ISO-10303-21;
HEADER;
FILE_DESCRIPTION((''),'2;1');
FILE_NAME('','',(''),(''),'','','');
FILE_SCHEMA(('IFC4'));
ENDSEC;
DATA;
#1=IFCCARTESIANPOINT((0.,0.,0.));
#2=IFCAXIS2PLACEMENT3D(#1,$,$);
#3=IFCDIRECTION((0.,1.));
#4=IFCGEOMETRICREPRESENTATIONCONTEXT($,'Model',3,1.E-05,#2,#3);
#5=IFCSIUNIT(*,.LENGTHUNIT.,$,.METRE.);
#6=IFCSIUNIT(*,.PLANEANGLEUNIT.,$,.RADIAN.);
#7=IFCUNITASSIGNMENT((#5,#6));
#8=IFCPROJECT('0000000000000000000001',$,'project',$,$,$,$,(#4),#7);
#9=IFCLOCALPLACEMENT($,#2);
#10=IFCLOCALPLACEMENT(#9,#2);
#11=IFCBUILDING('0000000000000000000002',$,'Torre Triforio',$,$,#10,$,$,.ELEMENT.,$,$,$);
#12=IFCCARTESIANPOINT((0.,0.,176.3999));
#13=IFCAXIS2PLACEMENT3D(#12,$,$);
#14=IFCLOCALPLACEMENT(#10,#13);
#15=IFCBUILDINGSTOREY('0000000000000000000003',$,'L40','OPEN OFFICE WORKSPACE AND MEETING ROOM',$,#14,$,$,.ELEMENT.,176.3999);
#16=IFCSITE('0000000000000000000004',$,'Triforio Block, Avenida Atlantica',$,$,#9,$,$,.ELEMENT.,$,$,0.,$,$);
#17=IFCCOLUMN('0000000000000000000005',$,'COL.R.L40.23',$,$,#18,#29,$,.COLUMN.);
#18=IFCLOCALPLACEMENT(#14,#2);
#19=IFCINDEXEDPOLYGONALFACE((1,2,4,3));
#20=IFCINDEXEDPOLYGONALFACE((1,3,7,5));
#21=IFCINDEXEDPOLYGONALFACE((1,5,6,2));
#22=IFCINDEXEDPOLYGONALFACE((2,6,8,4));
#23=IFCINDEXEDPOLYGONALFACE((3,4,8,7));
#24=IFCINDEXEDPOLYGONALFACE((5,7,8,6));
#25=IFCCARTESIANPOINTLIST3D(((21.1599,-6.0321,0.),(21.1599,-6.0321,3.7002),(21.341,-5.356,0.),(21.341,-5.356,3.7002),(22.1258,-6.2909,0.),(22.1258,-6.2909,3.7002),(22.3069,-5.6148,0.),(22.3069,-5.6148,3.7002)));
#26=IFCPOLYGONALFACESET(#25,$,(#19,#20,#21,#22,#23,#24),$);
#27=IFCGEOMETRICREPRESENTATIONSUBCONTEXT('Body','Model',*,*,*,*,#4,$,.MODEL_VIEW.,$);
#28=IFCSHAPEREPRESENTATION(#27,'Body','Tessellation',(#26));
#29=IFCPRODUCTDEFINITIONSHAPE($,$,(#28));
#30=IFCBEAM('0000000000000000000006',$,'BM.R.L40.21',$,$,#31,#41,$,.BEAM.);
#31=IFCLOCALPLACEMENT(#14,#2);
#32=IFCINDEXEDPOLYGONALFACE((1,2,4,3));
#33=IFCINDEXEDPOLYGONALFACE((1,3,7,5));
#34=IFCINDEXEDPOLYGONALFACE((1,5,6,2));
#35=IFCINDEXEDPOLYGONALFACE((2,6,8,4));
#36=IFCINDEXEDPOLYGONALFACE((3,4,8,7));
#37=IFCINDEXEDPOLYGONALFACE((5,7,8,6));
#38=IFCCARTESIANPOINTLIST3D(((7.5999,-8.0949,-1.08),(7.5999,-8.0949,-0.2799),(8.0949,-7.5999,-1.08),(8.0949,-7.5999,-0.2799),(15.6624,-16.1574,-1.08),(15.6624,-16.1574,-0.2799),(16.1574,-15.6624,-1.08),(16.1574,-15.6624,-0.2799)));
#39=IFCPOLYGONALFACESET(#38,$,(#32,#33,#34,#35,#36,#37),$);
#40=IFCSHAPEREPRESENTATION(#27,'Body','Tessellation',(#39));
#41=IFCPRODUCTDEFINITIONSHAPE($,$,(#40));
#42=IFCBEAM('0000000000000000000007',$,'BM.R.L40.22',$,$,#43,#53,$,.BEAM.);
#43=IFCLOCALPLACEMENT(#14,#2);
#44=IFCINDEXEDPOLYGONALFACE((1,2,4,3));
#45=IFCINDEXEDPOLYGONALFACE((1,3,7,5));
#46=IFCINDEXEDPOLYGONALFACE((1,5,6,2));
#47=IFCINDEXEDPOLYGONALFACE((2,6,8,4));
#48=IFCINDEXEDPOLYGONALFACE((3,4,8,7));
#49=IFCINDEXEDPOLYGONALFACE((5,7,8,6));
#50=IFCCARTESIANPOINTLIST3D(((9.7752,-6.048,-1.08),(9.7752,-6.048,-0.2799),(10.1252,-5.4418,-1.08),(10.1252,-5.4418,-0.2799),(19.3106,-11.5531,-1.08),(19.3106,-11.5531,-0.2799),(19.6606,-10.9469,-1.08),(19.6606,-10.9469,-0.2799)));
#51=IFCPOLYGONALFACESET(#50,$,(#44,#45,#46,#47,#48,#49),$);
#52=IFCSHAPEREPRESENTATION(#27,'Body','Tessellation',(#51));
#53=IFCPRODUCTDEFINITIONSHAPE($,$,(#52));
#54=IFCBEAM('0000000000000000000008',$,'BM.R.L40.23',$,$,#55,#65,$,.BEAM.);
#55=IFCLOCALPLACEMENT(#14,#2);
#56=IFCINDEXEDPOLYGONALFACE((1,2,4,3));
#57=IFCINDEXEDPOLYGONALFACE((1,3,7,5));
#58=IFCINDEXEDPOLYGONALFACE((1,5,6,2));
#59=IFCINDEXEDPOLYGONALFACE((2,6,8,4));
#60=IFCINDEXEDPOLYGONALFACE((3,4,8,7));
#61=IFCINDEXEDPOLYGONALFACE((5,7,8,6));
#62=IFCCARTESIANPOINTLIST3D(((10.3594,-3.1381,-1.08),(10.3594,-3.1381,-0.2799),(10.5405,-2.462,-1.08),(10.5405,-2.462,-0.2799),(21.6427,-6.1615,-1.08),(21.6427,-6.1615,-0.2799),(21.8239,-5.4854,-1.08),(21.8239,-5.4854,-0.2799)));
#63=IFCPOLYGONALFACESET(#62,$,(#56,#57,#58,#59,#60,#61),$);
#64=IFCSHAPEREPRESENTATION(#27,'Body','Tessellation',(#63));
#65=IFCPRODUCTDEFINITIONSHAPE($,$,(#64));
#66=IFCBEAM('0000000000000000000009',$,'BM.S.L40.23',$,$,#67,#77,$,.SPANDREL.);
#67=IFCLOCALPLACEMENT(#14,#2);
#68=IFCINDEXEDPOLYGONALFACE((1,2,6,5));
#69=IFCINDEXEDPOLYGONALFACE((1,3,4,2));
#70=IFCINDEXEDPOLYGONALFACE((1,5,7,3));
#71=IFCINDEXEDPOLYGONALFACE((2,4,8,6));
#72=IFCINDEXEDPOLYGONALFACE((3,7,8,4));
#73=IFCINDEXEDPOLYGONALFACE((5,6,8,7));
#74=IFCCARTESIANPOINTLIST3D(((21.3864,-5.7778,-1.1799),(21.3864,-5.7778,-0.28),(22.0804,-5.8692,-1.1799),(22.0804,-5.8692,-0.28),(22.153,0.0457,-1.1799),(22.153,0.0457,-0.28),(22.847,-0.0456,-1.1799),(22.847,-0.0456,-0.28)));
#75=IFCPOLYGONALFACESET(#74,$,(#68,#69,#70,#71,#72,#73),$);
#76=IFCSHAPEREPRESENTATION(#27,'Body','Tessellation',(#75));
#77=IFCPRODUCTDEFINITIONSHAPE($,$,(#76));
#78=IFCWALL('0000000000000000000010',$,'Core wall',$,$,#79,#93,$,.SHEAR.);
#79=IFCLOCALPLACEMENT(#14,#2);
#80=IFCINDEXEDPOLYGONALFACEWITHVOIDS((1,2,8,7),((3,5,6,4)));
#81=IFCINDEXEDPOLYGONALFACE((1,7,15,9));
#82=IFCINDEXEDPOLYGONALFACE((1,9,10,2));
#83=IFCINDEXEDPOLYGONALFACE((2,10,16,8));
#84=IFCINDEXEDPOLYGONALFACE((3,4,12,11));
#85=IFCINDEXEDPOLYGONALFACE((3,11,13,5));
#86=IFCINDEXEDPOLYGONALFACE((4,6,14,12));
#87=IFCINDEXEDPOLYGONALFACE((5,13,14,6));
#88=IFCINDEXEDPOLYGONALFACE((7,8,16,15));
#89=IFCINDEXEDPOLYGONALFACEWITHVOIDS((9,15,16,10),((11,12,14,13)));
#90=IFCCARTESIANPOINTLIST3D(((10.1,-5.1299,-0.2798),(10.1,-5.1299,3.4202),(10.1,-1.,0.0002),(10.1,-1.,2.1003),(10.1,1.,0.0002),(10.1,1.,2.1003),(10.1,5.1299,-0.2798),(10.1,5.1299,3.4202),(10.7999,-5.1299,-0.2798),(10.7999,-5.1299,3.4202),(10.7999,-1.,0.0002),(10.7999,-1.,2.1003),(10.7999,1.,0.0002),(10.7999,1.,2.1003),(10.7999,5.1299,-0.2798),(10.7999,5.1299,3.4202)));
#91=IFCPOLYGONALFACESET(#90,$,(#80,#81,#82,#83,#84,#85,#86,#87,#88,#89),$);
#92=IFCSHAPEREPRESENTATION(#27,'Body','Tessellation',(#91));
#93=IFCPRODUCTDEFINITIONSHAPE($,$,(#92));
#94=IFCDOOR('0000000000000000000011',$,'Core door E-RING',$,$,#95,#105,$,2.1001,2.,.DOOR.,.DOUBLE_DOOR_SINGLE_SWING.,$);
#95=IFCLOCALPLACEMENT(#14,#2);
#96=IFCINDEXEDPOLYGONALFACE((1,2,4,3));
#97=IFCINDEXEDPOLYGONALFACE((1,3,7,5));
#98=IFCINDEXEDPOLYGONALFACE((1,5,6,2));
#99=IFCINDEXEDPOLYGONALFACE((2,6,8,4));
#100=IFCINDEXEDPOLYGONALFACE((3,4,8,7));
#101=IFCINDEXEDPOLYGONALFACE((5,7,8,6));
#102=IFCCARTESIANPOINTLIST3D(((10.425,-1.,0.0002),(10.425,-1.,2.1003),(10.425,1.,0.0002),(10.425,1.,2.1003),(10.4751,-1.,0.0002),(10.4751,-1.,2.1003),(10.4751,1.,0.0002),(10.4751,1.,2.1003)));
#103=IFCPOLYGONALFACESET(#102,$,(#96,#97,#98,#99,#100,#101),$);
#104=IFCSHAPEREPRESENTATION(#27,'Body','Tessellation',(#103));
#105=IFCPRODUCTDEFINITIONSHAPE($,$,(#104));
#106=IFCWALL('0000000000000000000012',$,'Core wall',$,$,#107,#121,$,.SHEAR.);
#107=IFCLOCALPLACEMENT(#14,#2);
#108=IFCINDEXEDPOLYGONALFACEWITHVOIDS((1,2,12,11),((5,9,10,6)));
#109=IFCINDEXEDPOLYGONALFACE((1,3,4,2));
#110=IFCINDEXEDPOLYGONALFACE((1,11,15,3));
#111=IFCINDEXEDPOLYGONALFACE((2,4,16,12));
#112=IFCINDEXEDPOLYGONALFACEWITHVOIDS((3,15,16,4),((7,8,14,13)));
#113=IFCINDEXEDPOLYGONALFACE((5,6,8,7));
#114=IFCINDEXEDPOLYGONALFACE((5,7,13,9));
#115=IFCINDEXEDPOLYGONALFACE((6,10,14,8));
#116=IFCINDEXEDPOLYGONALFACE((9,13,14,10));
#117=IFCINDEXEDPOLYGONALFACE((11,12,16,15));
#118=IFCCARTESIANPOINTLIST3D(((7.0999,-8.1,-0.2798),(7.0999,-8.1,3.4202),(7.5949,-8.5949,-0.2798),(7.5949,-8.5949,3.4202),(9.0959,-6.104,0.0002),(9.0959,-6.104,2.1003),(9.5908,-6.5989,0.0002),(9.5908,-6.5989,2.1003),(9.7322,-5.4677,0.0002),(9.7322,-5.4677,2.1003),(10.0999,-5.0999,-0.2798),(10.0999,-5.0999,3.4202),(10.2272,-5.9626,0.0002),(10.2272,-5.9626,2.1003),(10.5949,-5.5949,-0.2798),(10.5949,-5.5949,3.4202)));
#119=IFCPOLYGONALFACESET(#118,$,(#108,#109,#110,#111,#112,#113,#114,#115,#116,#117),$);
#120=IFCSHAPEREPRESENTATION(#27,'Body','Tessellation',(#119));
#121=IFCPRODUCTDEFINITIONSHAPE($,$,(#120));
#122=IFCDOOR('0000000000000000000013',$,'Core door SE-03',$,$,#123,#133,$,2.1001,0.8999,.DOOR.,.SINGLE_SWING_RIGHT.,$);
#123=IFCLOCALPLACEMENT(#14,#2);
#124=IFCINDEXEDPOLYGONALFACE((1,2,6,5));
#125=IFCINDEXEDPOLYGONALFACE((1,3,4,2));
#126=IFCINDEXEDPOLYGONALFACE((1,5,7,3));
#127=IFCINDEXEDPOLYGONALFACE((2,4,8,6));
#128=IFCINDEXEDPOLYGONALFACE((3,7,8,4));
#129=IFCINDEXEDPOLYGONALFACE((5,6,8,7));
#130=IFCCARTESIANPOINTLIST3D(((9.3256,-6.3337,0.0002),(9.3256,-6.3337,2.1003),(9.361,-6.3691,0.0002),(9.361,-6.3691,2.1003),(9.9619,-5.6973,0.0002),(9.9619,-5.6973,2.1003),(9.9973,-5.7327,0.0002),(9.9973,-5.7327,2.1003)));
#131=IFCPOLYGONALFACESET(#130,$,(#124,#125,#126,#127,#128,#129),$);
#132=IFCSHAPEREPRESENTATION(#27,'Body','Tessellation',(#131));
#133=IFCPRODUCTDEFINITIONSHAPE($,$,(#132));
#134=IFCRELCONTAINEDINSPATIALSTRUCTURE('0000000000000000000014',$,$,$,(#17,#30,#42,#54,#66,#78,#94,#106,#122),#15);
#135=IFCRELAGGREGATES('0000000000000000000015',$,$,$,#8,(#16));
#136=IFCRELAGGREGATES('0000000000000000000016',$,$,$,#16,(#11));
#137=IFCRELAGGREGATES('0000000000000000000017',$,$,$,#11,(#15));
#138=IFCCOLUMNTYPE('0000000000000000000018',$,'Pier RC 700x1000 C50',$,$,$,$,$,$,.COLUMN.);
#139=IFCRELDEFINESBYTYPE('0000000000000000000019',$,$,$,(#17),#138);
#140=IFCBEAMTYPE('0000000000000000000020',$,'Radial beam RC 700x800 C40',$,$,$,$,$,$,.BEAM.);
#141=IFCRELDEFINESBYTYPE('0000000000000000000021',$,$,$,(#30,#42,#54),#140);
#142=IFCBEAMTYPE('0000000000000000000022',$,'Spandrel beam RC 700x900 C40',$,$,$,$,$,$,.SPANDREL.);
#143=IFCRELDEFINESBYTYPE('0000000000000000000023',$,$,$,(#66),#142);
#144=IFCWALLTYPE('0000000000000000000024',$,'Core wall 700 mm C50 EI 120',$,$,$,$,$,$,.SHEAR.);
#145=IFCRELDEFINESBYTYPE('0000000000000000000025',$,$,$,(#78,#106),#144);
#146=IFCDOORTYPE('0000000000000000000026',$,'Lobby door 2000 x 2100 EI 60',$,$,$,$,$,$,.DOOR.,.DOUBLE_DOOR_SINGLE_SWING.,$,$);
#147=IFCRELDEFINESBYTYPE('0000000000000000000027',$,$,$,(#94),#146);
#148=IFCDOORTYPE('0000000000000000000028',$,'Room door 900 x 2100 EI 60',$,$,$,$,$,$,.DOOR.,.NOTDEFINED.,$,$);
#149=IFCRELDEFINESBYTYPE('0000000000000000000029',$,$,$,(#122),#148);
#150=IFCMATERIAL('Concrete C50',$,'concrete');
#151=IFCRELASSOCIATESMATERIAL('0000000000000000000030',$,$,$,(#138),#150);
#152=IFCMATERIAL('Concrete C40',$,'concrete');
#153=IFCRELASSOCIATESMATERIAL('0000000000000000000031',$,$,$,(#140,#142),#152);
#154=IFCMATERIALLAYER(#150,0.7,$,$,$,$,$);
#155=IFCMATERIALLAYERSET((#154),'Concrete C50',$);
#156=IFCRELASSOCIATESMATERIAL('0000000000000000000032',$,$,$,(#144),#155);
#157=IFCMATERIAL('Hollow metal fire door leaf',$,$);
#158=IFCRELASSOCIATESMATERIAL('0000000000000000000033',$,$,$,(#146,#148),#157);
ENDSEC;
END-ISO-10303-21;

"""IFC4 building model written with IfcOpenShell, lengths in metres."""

from ifc_helpers import new_model, si_unit, direction, frame, frame_2d, origin, origin_2d, place, context, subcontext, project, spatial, rectangle, extrude, material, layer, layer_set, material_profile, profile_set, type_object, element, fill, save


model = new_model("IFC4")

# Units and contexts
model_context = context("Model", 3, precision=1e-05, world=origin(), true_north=direction((0.0, 1.0)))
body_context = subcontext(model_context, "Body", "Model", "MODEL_VIEW")
ifc_project = project(units=[si_unit("LENGTHUNIT", "METRE"), si_unit("PLANEANGLEUNIT", "RADIAN")], contexts=[model_context])

# Site, building, storey
site_placement = place(None, origin())
site = spatial("IfcSite", under=ifc_project, at=site_placement, Name="Triforio Block, Avenida Atlantica", CompositionType="ELEMENT", RefElevation=0.0)
building_placement = place(site_placement, origin())
building = spatial("IfcBuilding", under=site, at=building_placement, Name="Torre Triforio", CompositionType="ELEMENT")
storey_placement = place(building_placement, frame((0.0, 0.0, 176.3999)))
storey = spatial("IfcBuildingStorey", under=building, at=storey_placement, Name="L40", Description="OPEN OFFICE WORKSPACE AND MEETING ROOM", CompositionType="ELEMENT", Elevation=176.3999)

# Column
ifc_material_1 = material(Name="Concrete C50", Category="concrete")
ifc_material_profile_1 = material_profile(ifc_material_1, rectangle(XDim=0.7, YDim=1.0, at=origin_2d()), Name="RC 700x1000")
ifc_profile_set_1 = profile_set([ifc_material_profile_1], Name="Concrete C50")
column_type = type_object("IfcColumnType", Name="Pier RC 700x1000 C50", PredefinedType="COLUMN", material=ifc_profile_set_1)
column_placement = place(storey_placement, frame((21.7334, -5.8235, 0.0), z_axis=(0.0, 0.0, 1.0), x_axis=(0.258819, 0.965926, 0.0)))
element("IfcColumn", 1, at=column_placement, inside=storey, type_object=column_type, Name="COL.R.L40.23", PredefinedType="COLUMN", context=body_context, shape_type="SweptSolid", body=[
    extrude(rectangle(XDim=0.7, YDim=1.0, at=origin_2d()), origin(), (0.0, 0.0, 1.0), 3.7002),
])

# Beams
ifc_material_2 = material(Name="Concrete C40", Category="concrete")
ifc_material_profile_2 = material_profile(ifc_material_2, rectangle(XDim=0.7, YDim=0.8, at=origin_2d()), Name="RC 700x800")
ifc_profile_set_2 = profile_set([ifc_material_profile_2], Name="Concrete C40")
beam_type_1 = type_object("IfcBeamType", Name="Radial beam RC 700x800 C40", PredefinedType="BEAM", material=ifc_profile_set_2)
beam_1_placement = place(storey_placement, frame((7.8474, -7.8474, -0.6799), z_axis=(0.707107, -0.707107, 0.0), x_axis=(0.707107, 0.707107, 0.0)))
element("IfcBeam", 2, at=beam_1_placement, inside=storey, type_object=beam_type_1, Name="BM.R.L40.21", PredefinedType="BEAM", context=body_context, shape_type="SweptSolid", body=[
    extrude(rectangle(XDim=0.7, YDim=0.8, at=origin_2d()), origin(), (0.0, 0.0, 1.0), 11.4021),
])
beam_2_placement = place(storey_placement, frame((9.9502, -5.7449, -0.6799), z_axis=(0.866031, -0.499991, 0.0), x_axis=(0.499991, 0.866031, 0.0)))
element("IfcBeam", 3, at=beam_2_placement, inside=storey, type_object=beam_type_1, Name="BM.R.L40.22", PredefinedType="BEAM", context=body_context, shape_type="SweptSolid", body=[
    extrude(rectangle(XDim=0.7, YDim=0.8, at=origin_2d()), origin(), (0.0, 0.0, 1.0), 11.0105),
])
beam_3_placement = place(storey_placement, frame((10.45, -2.8, -0.6799), z_axis=(0.965925, -0.258823, 0.0), x_axis=(0.258823, 0.965925, 0.0)))
element("IfcBeam", 4, at=beam_3_placement, inside=storey, type_object=beam_type_1, Name="BM.R.L40.23", PredefinedType="BEAM", context=body_context, shape_type="SweptSolid", body=[
    extrude(rectangle(XDim=0.7, YDim=0.8, at=origin_2d()), origin(), (0.0, 0.0, 1.0), 11.6814),
])
ifc_material_profile_3 = material_profile(ifc_material_2, rectangle(XDim=0.7, YDim=0.8999, at=origin_2d()), Name="RC 700x900")
ifc_profile_set_3 = profile_set([ifc_material_profile_3], Name="Concrete C40")
beam_type_2 = type_object("IfcBeamType", Name="Spandrel beam RC 700x900 C40", PredefinedType="SPANDREL", material=ifc_profile_set_3)
beam_4_placement = place(storey_placement, frame((21.7334, -5.8235, -0.73), z_axis=(0.130514, 0.991447, 0.0), x_axis=(-0.991447, 0.130514, 0.0)))
element("IfcBeam", 5, at=beam_4_placement, inside=storey, type_object=beam_type_2, Name="BM.S.L40.23", PredefinedType="SPANDREL", context=body_context, shape_type="SweptSolid", body=[
    extrude(rectangle(XDim=0.7, YDim=0.8999, at=origin_2d()), origin(), (0.0, 0.0, 1.0), 5.8738),
])

# Walls, openings, doors
ifc_layer_1 = layer(ifc_material_1, 0.7)
ifc_layer_set_1 = layer_set([ifc_layer_1], Name="Concrete C50")
wall_type_1 = type_object("IfcWallType", Name="Core wall 700 mm C50 EI 120", PredefinedType="SHEAR", material=ifc_layer_set_1)
wall_1_placement = place(storey_placement, frame((10.45, -5.1299, -0.2798), z_axis=(0.0, 0.0, 1.0), x_axis=(0.0, 1.0, 0.0)))
wall_1 = element("IfcWall", 6, at=wall_1_placement, inside=storey, type_object=wall_type_1, Name="Core wall", PredefinedType="SHEAR", context=body_context, shape_type="SweptSolid", body=[
    extrude(rectangle(XDim=10.2598, YDim=0.7, at=frame_2d((5.1299, 0.0))), origin(), (0.0, 0.0, 1.0), 3.7),
])
opening_1_placement = place(wall_1_placement, frame((4.1299, 0.0, 0.28)))
opening_1 = element("IfcOpeningElement", 7, at=opening_1_placement, cuts=wall_1, PredefinedType="OPENING", context=body_context, shape_type="SweptSolid", body=[
    extrude(rectangle(XDim=2.0, YDim=2.1001, at=frame_2d((1.0, 1.05))), frame((0.0, 0.3599, 0.0), z_axis=(0.0, -1.0, 0.0), x_axis=(1.0, 0.0, 0.0)), (0.0, 0.0, 1.0), 0.72),
])
ifc_material_3 = material(Name="Hollow metal fire door leaf")
door_type_1 = type_object("IfcDoorType", Name="Lobby door 2000 x 2100 EI 60", OperationType="DOUBLE_DOOR_SINGLE_SWING", PredefinedType="DOOR", material=ifc_material_3)
door_1_placement = place(opening_1_placement, origin())
door_1 = element("IfcDoor", 8, at=door_1_placement, inside=storey, type_object=door_type_1, Name="Core door E-RING", OperationType="DOUBLE_DOOR_SINGLE_SWING", OverallHeight=2.1001, OverallWidth=2.0, PredefinedType="DOOR", context=body_context, shape_type="SweptSolid", body=[
    extrude(rectangle(XDim=2.0, YDim=2.1001, at=frame_2d((1.0, 1.05))), frame((0.0, 0.0249, 0.0), z_axis=(0.0, -1.0, 0.0), x_axis=(1.0, 0.0, 0.0)), (0.0, 0.0, 1.0), 0.05),
])
fill(opening_1, door_1)
wall_2_placement = place(storey_placement, frame((10.3474, -5.3474, -0.2798), z_axis=(0.0, 0.0, 1.0), x_axis=(-0.707107, -0.707107, 0.0)))
wall_2 = element("IfcWall", 9, at=wall_2_placement, inside=storey, type_object=wall_type_1, Name="Core wall", PredefinedType="SHEAR", context=body_context, shape_type="SweptSolid", body=[
    extrude(rectangle(XDim=4.2427, YDim=0.7, at=frame_2d((2.1213, 0.0))), origin(), (0.0, 0.0, 1.0), 3.7),
])
opening_2_placement = place(wall_2_placement, frame((0.52, 0.0, 0.28)))
opening_2 = element("IfcOpeningElement", 10, at=opening_2_placement, cuts=wall_2, PredefinedType="OPENING", context=body_context, shape_type="SweptSolid", body=[
    extrude(rectangle(XDim=0.8999, YDim=2.1001, at=frame_2d((0.45, 1.05))), frame((0.0, 0.3599, 0.0), z_axis=(0.0, -1.0, 0.0), x_axis=(1.0, 0.0, 0.0)), (0.0, 0.0, 1.0), 0.72),
])
door_type_2 = type_object("IfcDoorType", Name="Room door 900 x 2100 EI 60", OperationType="NOTDEFINED", PredefinedType="DOOR", material=ifc_material_3)
door_2_placement = place(opening_2_placement, origin())
door_2 = element("IfcDoor", 11, at=door_2_placement, inside=storey, type_object=door_type_2, Name="Core door SE-03", OperationType="SINGLE_SWING_RIGHT", OverallHeight=2.1001, OverallWidth=0.8999, PredefinedType="DOOR", context=body_context, shape_type="SweptSolid", body=[
    extrude(rectangle(XDim=0.8999, YDim=2.1001, at=frame_2d((0.45, 1.05))), frame((0.0, 0.0249, 0.0), z_axis=(0.0, -1.0, 0.0), x_axis=(1.0, 0.0, 0.0)), (0.0, 0.0, 1.0), 0.05),
])
fill(opening_2, door_2)

save(model, "model.ifc")
